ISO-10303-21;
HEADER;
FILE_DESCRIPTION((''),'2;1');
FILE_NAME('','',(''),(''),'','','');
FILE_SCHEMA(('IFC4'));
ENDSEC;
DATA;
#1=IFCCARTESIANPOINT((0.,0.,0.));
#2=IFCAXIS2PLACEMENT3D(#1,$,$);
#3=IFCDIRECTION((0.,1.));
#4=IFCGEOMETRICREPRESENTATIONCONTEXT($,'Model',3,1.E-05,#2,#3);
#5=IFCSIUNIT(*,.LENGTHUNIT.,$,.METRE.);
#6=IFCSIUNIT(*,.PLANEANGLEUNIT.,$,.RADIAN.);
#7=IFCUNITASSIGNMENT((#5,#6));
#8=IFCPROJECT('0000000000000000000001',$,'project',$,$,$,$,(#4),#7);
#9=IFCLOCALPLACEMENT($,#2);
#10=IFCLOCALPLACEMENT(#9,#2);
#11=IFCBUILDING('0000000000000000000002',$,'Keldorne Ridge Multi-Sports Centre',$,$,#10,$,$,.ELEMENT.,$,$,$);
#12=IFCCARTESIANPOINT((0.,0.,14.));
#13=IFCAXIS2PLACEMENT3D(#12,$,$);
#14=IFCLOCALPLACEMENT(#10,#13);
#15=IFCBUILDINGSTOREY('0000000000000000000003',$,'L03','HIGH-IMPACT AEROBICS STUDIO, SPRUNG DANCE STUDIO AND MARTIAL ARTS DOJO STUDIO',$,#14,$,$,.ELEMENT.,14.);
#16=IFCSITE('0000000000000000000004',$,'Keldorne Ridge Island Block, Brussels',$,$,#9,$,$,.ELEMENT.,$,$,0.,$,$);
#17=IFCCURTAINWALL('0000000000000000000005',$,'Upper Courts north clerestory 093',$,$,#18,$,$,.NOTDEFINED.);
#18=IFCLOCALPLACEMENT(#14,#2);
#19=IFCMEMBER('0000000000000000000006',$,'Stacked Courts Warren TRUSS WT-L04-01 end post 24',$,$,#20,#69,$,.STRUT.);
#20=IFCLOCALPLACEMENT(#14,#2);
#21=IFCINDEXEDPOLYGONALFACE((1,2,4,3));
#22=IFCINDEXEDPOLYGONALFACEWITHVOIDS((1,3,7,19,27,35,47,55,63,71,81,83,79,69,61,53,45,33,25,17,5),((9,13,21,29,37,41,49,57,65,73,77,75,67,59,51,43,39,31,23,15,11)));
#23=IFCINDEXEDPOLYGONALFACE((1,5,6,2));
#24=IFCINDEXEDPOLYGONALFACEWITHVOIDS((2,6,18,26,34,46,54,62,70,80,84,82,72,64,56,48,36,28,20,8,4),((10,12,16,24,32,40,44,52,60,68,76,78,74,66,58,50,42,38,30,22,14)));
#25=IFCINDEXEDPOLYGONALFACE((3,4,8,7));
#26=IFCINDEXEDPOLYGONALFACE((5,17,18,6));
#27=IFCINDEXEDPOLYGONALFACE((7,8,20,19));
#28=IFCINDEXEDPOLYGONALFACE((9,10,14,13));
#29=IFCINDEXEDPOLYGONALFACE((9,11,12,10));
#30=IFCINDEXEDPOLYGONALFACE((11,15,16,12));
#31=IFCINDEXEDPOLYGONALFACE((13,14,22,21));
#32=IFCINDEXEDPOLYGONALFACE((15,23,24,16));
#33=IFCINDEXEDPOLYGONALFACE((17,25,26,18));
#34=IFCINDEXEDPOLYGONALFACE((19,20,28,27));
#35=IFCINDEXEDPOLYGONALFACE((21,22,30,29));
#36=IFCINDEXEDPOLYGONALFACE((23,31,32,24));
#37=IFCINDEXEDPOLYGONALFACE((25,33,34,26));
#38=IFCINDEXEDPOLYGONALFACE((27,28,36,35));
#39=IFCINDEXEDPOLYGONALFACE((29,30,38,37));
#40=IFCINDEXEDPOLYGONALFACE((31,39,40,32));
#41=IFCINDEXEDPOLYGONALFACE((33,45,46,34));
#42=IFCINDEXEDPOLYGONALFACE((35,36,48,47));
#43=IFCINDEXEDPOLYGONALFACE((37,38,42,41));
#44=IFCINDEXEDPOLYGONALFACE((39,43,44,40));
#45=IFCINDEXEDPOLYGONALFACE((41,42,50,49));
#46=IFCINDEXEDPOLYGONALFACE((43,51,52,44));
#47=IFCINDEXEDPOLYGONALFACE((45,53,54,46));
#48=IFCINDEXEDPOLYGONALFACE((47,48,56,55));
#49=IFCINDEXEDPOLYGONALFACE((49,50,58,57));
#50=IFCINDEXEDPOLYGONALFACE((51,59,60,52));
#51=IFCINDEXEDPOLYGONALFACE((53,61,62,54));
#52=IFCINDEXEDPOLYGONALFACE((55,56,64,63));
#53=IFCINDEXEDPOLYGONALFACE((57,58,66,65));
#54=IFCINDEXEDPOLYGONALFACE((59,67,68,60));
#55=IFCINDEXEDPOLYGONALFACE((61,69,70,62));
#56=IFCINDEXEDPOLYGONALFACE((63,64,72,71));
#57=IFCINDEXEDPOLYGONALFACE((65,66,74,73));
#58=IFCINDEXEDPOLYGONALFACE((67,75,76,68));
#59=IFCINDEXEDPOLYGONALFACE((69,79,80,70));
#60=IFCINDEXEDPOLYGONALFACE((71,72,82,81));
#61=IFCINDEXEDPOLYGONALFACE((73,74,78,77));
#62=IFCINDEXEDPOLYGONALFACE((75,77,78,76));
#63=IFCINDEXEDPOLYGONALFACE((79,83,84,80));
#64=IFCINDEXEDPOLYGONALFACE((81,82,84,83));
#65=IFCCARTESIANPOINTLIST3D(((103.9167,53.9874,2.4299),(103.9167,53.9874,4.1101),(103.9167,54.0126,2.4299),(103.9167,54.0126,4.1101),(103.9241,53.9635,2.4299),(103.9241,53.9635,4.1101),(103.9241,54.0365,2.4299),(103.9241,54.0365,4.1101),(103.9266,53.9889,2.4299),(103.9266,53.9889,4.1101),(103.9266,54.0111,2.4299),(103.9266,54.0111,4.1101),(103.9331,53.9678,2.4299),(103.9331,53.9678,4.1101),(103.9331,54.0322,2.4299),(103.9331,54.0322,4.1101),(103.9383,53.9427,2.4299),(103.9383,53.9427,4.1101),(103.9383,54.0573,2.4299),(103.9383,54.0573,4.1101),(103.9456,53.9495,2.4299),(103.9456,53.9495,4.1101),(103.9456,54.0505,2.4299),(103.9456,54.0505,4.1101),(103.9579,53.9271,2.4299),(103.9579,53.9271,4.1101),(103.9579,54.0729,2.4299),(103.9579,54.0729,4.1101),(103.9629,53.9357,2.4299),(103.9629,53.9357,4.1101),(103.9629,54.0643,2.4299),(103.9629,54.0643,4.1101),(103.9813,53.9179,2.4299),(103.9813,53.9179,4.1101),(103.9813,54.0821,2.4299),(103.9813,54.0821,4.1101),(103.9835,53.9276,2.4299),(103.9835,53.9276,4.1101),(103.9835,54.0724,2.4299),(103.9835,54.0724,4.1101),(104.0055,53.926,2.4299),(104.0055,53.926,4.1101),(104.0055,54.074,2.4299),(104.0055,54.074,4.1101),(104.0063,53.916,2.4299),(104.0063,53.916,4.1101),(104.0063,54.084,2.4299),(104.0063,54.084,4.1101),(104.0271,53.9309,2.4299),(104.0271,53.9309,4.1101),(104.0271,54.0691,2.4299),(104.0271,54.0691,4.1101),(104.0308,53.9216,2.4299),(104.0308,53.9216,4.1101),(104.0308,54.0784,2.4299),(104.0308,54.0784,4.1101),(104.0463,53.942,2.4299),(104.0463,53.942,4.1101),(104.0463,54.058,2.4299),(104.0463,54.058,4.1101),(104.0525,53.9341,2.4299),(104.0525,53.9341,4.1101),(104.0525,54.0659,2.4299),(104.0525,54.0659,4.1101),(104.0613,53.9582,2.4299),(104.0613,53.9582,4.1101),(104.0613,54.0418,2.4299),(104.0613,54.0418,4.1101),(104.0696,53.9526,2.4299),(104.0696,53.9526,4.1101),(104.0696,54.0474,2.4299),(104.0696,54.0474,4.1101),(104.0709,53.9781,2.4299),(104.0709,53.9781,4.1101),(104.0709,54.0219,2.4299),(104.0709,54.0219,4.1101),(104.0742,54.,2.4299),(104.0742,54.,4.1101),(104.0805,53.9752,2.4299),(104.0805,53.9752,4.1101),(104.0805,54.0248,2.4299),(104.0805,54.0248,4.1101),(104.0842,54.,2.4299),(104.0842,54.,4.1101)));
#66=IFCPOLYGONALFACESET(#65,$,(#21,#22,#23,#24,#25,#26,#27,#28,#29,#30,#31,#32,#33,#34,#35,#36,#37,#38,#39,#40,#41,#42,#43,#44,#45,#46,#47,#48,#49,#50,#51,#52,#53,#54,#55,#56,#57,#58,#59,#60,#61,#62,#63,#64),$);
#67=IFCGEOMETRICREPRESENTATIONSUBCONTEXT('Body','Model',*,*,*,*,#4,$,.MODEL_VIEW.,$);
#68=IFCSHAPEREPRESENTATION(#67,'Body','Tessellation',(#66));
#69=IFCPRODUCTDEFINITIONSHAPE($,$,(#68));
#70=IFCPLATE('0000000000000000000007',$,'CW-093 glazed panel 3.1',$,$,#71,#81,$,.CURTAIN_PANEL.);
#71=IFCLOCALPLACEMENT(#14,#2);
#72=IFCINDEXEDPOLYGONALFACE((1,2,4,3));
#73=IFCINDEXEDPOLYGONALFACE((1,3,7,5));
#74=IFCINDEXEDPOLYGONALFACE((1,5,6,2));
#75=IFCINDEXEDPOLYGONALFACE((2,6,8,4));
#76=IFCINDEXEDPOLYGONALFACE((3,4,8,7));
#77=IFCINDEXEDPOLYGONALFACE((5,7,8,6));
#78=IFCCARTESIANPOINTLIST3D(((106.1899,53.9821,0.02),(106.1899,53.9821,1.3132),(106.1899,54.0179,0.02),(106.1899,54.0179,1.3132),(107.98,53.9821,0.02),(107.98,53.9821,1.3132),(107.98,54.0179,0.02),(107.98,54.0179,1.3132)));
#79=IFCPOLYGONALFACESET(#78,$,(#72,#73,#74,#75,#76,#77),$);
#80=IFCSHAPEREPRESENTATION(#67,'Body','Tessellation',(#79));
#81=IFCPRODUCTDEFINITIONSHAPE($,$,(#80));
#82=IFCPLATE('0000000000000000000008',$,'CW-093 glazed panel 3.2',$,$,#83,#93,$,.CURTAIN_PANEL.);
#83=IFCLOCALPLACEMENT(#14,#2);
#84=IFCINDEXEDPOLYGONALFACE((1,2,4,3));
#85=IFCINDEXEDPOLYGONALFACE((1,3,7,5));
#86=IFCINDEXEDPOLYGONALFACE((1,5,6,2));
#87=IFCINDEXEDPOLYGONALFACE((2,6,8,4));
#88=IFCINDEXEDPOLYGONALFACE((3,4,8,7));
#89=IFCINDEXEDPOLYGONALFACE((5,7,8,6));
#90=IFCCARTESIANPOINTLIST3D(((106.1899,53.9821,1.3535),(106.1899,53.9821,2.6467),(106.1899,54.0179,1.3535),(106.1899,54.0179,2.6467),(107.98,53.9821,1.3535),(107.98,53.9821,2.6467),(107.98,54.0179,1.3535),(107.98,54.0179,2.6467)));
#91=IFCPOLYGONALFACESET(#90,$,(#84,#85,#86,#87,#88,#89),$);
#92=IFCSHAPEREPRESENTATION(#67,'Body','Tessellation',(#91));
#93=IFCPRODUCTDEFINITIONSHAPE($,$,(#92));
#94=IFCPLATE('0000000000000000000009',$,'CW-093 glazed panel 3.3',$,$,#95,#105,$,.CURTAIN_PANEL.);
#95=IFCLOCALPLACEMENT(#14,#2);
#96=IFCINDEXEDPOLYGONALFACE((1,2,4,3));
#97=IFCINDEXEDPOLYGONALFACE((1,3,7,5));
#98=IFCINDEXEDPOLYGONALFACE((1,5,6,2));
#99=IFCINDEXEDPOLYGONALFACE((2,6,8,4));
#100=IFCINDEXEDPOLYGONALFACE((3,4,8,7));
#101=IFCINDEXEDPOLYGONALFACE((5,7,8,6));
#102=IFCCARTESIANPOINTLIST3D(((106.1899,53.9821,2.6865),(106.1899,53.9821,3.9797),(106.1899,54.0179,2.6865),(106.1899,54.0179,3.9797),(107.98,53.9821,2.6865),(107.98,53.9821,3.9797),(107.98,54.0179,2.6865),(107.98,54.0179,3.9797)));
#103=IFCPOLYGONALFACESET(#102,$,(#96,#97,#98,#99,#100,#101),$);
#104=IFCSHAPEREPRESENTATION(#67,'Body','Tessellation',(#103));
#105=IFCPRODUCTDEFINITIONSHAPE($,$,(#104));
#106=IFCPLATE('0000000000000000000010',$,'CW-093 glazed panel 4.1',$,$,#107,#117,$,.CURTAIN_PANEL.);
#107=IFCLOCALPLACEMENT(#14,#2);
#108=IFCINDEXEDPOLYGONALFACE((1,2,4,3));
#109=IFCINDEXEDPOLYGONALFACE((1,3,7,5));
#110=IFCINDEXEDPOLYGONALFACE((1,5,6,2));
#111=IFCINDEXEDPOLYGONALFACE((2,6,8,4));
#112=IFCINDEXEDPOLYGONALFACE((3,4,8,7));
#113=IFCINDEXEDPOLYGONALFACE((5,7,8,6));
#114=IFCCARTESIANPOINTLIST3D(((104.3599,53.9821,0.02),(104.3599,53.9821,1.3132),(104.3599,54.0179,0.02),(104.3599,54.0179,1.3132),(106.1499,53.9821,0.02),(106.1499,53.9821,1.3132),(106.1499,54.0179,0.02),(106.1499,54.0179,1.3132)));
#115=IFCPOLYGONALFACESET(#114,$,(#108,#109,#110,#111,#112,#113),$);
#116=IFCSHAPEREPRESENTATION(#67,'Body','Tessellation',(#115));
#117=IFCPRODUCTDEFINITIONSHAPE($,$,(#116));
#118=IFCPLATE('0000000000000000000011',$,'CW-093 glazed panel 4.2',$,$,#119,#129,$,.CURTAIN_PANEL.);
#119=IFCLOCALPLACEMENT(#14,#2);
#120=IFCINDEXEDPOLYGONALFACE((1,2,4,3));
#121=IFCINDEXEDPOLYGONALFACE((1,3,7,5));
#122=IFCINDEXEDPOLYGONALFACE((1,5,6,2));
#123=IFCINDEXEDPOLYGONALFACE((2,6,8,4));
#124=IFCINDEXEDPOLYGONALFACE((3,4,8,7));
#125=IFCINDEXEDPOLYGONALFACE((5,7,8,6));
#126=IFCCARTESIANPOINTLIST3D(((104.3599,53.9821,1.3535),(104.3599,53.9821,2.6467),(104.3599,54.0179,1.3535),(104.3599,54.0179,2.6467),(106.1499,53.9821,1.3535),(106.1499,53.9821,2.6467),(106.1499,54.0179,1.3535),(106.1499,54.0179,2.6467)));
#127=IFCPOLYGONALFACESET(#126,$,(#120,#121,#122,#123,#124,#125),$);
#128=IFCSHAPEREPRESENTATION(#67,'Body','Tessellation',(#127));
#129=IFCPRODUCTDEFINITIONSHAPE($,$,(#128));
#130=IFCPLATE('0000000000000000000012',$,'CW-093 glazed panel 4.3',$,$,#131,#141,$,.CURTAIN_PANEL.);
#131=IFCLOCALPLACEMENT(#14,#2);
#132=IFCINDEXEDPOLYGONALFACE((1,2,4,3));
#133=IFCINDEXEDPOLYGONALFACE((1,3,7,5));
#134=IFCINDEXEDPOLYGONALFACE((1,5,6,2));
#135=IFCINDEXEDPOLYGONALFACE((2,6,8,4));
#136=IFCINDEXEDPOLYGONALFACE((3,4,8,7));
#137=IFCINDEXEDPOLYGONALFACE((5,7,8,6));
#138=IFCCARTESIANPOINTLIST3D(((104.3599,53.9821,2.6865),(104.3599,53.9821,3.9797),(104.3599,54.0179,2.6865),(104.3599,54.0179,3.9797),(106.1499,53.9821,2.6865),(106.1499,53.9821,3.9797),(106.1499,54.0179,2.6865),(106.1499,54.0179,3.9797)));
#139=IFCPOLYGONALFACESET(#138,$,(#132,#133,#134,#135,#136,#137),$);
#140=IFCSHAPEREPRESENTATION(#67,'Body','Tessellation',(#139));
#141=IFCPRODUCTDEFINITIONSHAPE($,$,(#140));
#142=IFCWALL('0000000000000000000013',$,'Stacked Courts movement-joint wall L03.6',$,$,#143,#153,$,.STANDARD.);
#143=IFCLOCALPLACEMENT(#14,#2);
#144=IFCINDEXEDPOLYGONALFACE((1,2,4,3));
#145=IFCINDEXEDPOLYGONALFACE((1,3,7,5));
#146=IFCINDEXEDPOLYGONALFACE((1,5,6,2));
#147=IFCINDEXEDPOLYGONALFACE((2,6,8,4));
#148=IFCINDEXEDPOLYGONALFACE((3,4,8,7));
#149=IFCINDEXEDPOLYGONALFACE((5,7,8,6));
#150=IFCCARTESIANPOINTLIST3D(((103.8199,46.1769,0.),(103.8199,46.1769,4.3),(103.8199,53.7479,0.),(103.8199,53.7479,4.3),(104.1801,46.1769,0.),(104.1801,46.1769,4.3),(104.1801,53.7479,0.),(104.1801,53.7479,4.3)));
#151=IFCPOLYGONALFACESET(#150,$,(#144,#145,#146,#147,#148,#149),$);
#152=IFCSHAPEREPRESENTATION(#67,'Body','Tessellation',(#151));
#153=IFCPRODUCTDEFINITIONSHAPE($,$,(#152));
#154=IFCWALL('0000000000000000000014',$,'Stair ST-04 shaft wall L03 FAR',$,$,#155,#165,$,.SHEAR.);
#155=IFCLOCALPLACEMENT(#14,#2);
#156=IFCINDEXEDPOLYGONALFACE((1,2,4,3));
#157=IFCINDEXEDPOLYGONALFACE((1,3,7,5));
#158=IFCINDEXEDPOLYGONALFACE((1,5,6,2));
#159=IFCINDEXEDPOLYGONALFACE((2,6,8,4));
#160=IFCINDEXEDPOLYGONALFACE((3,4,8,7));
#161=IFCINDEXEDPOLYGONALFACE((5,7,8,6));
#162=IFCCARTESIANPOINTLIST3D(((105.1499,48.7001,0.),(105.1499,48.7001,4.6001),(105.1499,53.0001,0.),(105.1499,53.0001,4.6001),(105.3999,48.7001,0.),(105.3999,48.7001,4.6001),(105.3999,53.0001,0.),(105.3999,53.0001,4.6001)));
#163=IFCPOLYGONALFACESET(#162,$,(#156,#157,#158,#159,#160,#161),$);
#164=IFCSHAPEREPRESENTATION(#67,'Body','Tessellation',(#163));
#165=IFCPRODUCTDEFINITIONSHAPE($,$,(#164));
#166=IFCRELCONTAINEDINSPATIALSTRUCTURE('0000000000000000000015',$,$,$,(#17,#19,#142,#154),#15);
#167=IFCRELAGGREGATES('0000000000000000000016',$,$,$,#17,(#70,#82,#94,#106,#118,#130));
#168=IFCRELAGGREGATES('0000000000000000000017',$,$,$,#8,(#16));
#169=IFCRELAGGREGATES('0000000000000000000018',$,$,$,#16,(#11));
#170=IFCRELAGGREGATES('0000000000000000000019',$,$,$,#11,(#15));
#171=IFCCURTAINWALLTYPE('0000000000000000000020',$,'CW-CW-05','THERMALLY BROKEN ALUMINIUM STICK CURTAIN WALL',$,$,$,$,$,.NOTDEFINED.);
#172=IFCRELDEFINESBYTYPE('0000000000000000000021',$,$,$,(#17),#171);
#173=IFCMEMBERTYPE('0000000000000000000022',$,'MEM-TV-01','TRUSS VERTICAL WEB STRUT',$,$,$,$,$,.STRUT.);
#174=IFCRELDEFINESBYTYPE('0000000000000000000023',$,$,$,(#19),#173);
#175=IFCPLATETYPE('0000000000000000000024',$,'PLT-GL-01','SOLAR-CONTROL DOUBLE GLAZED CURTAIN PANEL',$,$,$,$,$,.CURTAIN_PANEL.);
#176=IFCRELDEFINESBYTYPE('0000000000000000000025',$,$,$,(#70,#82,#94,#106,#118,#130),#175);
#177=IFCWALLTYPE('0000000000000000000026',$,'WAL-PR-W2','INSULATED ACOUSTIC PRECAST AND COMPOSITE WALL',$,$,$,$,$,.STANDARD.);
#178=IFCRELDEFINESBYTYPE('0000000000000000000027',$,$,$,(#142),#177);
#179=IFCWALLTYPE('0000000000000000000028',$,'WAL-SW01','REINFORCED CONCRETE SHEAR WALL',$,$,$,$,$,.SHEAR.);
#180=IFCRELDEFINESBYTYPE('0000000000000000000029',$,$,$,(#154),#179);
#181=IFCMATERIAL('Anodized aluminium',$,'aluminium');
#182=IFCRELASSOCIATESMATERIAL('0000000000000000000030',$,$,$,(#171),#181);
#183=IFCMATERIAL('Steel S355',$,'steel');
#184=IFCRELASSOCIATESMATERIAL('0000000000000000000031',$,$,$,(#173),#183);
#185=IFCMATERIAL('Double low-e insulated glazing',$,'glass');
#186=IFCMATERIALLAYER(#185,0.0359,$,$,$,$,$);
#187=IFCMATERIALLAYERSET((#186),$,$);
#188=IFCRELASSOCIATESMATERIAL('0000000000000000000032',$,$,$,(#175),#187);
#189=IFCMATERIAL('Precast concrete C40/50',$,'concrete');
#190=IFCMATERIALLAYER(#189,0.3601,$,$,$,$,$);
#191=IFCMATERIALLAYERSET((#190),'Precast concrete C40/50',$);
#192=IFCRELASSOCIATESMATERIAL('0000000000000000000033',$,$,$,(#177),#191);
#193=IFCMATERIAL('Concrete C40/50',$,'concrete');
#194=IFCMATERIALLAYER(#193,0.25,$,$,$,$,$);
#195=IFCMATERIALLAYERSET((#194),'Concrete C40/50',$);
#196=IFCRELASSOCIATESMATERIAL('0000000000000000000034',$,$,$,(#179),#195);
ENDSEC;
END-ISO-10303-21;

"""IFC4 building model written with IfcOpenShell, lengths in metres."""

from ifc_helpers import new_model, si_unit, direction, frame, frame_2d, origin, origin_2d, place, context, subcontext, project, spatial, rectangle, hollow_circle, extrude, material, layer, layer_set, material_profile, profile_set, type_object, element, aggregate, save


model = new_model("IFC4")

# Units and contexts
model_context = context("Model", 3, precision=1e-05, world=origin(), true_north=direction((0.0, 1.0)))
body_context = subcontext(model_context, "Body", "Model", "MODEL_VIEW")
ifc_project = project(units=[si_unit("LENGTHUNIT", "METRE"), si_unit("PLANEANGLEUNIT", "RADIAN")], contexts=[model_context])

# Site, building, storey
site_placement = place(None, origin())
site = spatial("IfcSite", under=ifc_project, at=site_placement, Name="Keldorne Ridge Island Block, Brussels", CompositionType="ELEMENT", RefElevation=0.0)
building_placement = place(site_placement, origin())
building = spatial("IfcBuilding", under=site, at=building_placement, Name="Keldorne Ridge Multi-Sports Centre", CompositionType="ELEMENT")
storey_placement = place(building_placement, frame((0.0, 0.0, 14.0)))
storey = spatial("IfcBuildingStorey", under=building, at=storey_placement, Name="L03", Description="HIGH-IMPACT AEROBICS STUDIO, SPRUNG DANCE STUDIO AND MARTIAL ARTS DOJO STUDIO", CompositionType="ELEMENT", Elevation=14.0)

# Shared definitions
ifc_material_1 = material(Name="Steel S355", Category="steel")

# Curtain wall
ifc_material_2 = material(Name="Anodized aluminium", Category="aluminium")
curtain_wall_type = type_object("IfcCurtainWallType", Name="CW-CW-05", Description="THERMALLY BROKEN ALUMINIUM STICK CURTAIN WALL", PredefinedType="NOTDEFINED", material=ifc_material_2)
curtain_wall_placement = place(storey_placement, origin())
curtain_wall = element("IfcCurtainWall", 1, at=curtain_wall_placement, inside=storey, type_object=curtain_wall_type, Name="Upper Courts north clerestory 093", PredefinedType="NOTDEFINED")

# Member
ifc_material_profile_1 = material_profile(ifc_material_1, hollow_circle(Radius=0.0842, WallThickness=0.01, at=origin_2d()), Name="CHS 168.3x10")
ifc_profile_set_1 = profile_set([ifc_material_profile_1], Name="Steel S355")
member_type_1 = type_object("IfcMemberType", Name="MEM-TV-01", Description="TRUSS VERTICAL WEB STRUT", PredefinedType="STRUT", material=ifc_profile_set_1)
for number, where, z_axis, x_axis, name in (
    (2, (104.0, 54.0, 2.4299), (0.0, 0.0, 1.0), (1.0, 0.0, 0.0), "Stacked Courts Warren TRUSS WT-L04-01 end post 24"),
):
    element("IfcMember", number, at=place(storey_placement, frame(where, z_axis=z_axis, x_axis=x_axis)), inside=storey, type_object=member_type_1, Name=name, PredefinedType="STRUT", context=body_context, shape_type="SweptSolid", body=[
        extrude(hollow_circle(Radius=0.0842, WallThickness=0.01, at=origin_2d()), origin(), (0.0, 0.0, 1.0), 1.6802),
    ])

# Plates
ifc_material_3 = material(Name="Double low-e insulated glazing", Category="glass")
ifc_layer_1 = layer(ifc_material_3, 0.0359)
ifc_layer_set_1 = layer_set([ifc_layer_1])
plate_type = type_object("IfcPlateType", Name="PLT-GL-01", Description="SOLAR-CONTROL DOUBLE GLAZED CURTAIN PANEL", PredefinedType="CURTAIN_PANEL", material=ifc_layer_set_1)
plate_1_placement = place(storey_placement, frame((107.085, 54.0, 0.02), z_axis=(0.0, 0.0, 1.0), x_axis=(-1.0, 0.0, 0.0)))
plate_1 = element("IfcPlate", 3, at=plate_1_placement, type_object=plate_type, Name="CW-093 glazed panel 3.1", PredefinedType="CURTAIN_PANEL", context=body_context, shape_type="SweptSolid", body=[
    extrude(rectangle(XDim=1.79, YDim=0.0359, at=origin_2d()), origin(), (0.0, 0.0, 1.0), 1.2932),
])
plate_2_placement = place(storey_placement, frame((107.085, 54.0, 1.3535), z_axis=(0.0, 0.0, 1.0), x_axis=(-1.0, 0.0, 0.0)))
plate_2 = element("IfcPlate", 4, at=plate_2_placement, type_object=plate_type, Name="CW-093 glazed panel 3.2", PredefinedType="CURTAIN_PANEL", context=body_context, shape_type="SweptSolid", body=[
    extrude(rectangle(XDim=1.79, YDim=0.0359, at=origin_2d()), origin(), (0.0, 0.0, 1.0), 1.2932),
])
plate_3_placement = place(storey_placement, frame((107.085, 54.0, 2.6865), z_axis=(0.0, 0.0, 1.0), x_axis=(-1.0, 0.0, 0.0)))
plate_3 = element("IfcPlate", 5, at=plate_3_placement, type_object=plate_type, Name="CW-093 glazed panel 3.3", PredefinedType="CURTAIN_PANEL", context=body_context, shape_type="SweptSolid", body=[
    extrude(rectangle(XDim=1.79, YDim=0.0359, at=origin_2d()), origin(), (0.0, 0.0, 1.0), 1.2932),
])
plate_4_placement = place(storey_placement, frame((105.2549, 54.0, 0.02), z_axis=(0.0, 0.0, 1.0), x_axis=(-1.0, 0.0, 0.0)))
plate_4 = element("IfcPlate", 6, at=plate_4_placement, type_object=plate_type, Name="CW-093 glazed panel 4.1", PredefinedType="CURTAIN_PANEL", context=body_context, shape_type="SweptSolid", body=[
    extrude(rectangle(XDim=1.79, YDim=0.0359, at=origin_2d()), origin(), (0.0, 0.0, 1.0), 1.2932),
])
plate_5_placement = place(storey_placement, frame((105.2549, 54.0, 1.3535), z_axis=(0.0, 0.0, 1.0), x_axis=(-1.0, 0.0, 0.0)))
plate_5 = element("IfcPlate", 7, at=plate_5_placement, type_object=plate_type, Name="CW-093 glazed panel 4.2", PredefinedType="CURTAIN_PANEL", context=body_context, shape_type="SweptSolid", body=[
    extrude(rectangle(XDim=1.79, YDim=0.0359, at=origin_2d()), origin(), (0.0, 0.0, 1.0), 1.2932),
])
plate_6_placement = place(storey_placement, frame((105.2549, 54.0, 2.6865), z_axis=(0.0, 0.0, 1.0), x_axis=(-1.0, 0.0, 0.0)))
plate_6 = element("IfcPlate", 8, at=plate_6_placement, type_object=plate_type, Name="CW-093 glazed panel 4.3", PredefinedType="CURTAIN_PANEL", context=body_context, shape_type="SweptSolid", body=[
    extrude(rectangle(XDim=1.79, YDim=0.0359, at=origin_2d()), origin(), (0.0, 0.0, 1.0), 1.2932),
])
aggregate(curtain_wall, [plate_1, plate_2, plate_3, plate_4, plate_5, plate_6])

# Walls
ifc_material_4 = material(Name="Precast concrete C40/50", Category="concrete")
ifc_layer_2 = layer(ifc_material_4, 0.3601)
ifc_layer_set_2 = layer_set([ifc_layer_2], Name="Precast concrete C40/50")
wall_type_1 = type_object("IfcWallType", Name="WAL-PR-W2", Description="INSULATED ACOUSTIC PRECAST AND COMPOSITE WALL", PredefinedType="STANDARD", material=ifc_layer_set_2)
wall_1_placement = place(storey_placement, frame((104.0, 53.748, 0.0), z_axis=(0.0, 0.0, 1.0), x_axis=(0.0, -1.0, 0.0)))
element("IfcWall", 9, at=wall_1_placement, inside=storey, type_object=wall_type_1, Name="Stacked Courts movement-joint wall L03.6", PredefinedType="STANDARD", context=body_context, shape_type="SweptSolid", body=[
    extrude(rectangle(XDim=7.571, YDim=0.3601, at=frame_2d((3.7856, 0.0))), origin(), (0.0, 0.0, 1.0), 4.3),
])
ifc_material_5 = material(Name="Concrete C40/50", Category="concrete")
ifc_layer_3 = layer(ifc_material_5, 0.25)
ifc_layer_set_3 = layer_set([ifc_layer_3], Name="Concrete C40/50")
wall_type_2 = type_object("IfcWallType", Name="WAL-SW01", Description="REINFORCED CONCRETE SHEAR WALL", PredefinedType="SHEAR", material=ifc_layer_set_3)
wall_2_placement = place(storey_placement, frame((105.2749, 53.0, 0.0), z_axis=(0.0, 0.0, 1.0), x_axis=(0.0, -1.0, 0.0)))
element("IfcWall", 10, at=wall_2_placement, inside=storey, type_object=wall_type_2, Name="Stair ST-04 shaft wall L03 FAR", PredefinedType="SHEAR", context=body_context, shape_type="SweptSolid", body=[
    extrude(rectangle(XDim=4.3, YDim=0.25, at=frame_2d((2.1499, 0.0))), origin(), (0.0, 0.0, 1.0), 4.6001),
])

save(model, "model.ifc")
